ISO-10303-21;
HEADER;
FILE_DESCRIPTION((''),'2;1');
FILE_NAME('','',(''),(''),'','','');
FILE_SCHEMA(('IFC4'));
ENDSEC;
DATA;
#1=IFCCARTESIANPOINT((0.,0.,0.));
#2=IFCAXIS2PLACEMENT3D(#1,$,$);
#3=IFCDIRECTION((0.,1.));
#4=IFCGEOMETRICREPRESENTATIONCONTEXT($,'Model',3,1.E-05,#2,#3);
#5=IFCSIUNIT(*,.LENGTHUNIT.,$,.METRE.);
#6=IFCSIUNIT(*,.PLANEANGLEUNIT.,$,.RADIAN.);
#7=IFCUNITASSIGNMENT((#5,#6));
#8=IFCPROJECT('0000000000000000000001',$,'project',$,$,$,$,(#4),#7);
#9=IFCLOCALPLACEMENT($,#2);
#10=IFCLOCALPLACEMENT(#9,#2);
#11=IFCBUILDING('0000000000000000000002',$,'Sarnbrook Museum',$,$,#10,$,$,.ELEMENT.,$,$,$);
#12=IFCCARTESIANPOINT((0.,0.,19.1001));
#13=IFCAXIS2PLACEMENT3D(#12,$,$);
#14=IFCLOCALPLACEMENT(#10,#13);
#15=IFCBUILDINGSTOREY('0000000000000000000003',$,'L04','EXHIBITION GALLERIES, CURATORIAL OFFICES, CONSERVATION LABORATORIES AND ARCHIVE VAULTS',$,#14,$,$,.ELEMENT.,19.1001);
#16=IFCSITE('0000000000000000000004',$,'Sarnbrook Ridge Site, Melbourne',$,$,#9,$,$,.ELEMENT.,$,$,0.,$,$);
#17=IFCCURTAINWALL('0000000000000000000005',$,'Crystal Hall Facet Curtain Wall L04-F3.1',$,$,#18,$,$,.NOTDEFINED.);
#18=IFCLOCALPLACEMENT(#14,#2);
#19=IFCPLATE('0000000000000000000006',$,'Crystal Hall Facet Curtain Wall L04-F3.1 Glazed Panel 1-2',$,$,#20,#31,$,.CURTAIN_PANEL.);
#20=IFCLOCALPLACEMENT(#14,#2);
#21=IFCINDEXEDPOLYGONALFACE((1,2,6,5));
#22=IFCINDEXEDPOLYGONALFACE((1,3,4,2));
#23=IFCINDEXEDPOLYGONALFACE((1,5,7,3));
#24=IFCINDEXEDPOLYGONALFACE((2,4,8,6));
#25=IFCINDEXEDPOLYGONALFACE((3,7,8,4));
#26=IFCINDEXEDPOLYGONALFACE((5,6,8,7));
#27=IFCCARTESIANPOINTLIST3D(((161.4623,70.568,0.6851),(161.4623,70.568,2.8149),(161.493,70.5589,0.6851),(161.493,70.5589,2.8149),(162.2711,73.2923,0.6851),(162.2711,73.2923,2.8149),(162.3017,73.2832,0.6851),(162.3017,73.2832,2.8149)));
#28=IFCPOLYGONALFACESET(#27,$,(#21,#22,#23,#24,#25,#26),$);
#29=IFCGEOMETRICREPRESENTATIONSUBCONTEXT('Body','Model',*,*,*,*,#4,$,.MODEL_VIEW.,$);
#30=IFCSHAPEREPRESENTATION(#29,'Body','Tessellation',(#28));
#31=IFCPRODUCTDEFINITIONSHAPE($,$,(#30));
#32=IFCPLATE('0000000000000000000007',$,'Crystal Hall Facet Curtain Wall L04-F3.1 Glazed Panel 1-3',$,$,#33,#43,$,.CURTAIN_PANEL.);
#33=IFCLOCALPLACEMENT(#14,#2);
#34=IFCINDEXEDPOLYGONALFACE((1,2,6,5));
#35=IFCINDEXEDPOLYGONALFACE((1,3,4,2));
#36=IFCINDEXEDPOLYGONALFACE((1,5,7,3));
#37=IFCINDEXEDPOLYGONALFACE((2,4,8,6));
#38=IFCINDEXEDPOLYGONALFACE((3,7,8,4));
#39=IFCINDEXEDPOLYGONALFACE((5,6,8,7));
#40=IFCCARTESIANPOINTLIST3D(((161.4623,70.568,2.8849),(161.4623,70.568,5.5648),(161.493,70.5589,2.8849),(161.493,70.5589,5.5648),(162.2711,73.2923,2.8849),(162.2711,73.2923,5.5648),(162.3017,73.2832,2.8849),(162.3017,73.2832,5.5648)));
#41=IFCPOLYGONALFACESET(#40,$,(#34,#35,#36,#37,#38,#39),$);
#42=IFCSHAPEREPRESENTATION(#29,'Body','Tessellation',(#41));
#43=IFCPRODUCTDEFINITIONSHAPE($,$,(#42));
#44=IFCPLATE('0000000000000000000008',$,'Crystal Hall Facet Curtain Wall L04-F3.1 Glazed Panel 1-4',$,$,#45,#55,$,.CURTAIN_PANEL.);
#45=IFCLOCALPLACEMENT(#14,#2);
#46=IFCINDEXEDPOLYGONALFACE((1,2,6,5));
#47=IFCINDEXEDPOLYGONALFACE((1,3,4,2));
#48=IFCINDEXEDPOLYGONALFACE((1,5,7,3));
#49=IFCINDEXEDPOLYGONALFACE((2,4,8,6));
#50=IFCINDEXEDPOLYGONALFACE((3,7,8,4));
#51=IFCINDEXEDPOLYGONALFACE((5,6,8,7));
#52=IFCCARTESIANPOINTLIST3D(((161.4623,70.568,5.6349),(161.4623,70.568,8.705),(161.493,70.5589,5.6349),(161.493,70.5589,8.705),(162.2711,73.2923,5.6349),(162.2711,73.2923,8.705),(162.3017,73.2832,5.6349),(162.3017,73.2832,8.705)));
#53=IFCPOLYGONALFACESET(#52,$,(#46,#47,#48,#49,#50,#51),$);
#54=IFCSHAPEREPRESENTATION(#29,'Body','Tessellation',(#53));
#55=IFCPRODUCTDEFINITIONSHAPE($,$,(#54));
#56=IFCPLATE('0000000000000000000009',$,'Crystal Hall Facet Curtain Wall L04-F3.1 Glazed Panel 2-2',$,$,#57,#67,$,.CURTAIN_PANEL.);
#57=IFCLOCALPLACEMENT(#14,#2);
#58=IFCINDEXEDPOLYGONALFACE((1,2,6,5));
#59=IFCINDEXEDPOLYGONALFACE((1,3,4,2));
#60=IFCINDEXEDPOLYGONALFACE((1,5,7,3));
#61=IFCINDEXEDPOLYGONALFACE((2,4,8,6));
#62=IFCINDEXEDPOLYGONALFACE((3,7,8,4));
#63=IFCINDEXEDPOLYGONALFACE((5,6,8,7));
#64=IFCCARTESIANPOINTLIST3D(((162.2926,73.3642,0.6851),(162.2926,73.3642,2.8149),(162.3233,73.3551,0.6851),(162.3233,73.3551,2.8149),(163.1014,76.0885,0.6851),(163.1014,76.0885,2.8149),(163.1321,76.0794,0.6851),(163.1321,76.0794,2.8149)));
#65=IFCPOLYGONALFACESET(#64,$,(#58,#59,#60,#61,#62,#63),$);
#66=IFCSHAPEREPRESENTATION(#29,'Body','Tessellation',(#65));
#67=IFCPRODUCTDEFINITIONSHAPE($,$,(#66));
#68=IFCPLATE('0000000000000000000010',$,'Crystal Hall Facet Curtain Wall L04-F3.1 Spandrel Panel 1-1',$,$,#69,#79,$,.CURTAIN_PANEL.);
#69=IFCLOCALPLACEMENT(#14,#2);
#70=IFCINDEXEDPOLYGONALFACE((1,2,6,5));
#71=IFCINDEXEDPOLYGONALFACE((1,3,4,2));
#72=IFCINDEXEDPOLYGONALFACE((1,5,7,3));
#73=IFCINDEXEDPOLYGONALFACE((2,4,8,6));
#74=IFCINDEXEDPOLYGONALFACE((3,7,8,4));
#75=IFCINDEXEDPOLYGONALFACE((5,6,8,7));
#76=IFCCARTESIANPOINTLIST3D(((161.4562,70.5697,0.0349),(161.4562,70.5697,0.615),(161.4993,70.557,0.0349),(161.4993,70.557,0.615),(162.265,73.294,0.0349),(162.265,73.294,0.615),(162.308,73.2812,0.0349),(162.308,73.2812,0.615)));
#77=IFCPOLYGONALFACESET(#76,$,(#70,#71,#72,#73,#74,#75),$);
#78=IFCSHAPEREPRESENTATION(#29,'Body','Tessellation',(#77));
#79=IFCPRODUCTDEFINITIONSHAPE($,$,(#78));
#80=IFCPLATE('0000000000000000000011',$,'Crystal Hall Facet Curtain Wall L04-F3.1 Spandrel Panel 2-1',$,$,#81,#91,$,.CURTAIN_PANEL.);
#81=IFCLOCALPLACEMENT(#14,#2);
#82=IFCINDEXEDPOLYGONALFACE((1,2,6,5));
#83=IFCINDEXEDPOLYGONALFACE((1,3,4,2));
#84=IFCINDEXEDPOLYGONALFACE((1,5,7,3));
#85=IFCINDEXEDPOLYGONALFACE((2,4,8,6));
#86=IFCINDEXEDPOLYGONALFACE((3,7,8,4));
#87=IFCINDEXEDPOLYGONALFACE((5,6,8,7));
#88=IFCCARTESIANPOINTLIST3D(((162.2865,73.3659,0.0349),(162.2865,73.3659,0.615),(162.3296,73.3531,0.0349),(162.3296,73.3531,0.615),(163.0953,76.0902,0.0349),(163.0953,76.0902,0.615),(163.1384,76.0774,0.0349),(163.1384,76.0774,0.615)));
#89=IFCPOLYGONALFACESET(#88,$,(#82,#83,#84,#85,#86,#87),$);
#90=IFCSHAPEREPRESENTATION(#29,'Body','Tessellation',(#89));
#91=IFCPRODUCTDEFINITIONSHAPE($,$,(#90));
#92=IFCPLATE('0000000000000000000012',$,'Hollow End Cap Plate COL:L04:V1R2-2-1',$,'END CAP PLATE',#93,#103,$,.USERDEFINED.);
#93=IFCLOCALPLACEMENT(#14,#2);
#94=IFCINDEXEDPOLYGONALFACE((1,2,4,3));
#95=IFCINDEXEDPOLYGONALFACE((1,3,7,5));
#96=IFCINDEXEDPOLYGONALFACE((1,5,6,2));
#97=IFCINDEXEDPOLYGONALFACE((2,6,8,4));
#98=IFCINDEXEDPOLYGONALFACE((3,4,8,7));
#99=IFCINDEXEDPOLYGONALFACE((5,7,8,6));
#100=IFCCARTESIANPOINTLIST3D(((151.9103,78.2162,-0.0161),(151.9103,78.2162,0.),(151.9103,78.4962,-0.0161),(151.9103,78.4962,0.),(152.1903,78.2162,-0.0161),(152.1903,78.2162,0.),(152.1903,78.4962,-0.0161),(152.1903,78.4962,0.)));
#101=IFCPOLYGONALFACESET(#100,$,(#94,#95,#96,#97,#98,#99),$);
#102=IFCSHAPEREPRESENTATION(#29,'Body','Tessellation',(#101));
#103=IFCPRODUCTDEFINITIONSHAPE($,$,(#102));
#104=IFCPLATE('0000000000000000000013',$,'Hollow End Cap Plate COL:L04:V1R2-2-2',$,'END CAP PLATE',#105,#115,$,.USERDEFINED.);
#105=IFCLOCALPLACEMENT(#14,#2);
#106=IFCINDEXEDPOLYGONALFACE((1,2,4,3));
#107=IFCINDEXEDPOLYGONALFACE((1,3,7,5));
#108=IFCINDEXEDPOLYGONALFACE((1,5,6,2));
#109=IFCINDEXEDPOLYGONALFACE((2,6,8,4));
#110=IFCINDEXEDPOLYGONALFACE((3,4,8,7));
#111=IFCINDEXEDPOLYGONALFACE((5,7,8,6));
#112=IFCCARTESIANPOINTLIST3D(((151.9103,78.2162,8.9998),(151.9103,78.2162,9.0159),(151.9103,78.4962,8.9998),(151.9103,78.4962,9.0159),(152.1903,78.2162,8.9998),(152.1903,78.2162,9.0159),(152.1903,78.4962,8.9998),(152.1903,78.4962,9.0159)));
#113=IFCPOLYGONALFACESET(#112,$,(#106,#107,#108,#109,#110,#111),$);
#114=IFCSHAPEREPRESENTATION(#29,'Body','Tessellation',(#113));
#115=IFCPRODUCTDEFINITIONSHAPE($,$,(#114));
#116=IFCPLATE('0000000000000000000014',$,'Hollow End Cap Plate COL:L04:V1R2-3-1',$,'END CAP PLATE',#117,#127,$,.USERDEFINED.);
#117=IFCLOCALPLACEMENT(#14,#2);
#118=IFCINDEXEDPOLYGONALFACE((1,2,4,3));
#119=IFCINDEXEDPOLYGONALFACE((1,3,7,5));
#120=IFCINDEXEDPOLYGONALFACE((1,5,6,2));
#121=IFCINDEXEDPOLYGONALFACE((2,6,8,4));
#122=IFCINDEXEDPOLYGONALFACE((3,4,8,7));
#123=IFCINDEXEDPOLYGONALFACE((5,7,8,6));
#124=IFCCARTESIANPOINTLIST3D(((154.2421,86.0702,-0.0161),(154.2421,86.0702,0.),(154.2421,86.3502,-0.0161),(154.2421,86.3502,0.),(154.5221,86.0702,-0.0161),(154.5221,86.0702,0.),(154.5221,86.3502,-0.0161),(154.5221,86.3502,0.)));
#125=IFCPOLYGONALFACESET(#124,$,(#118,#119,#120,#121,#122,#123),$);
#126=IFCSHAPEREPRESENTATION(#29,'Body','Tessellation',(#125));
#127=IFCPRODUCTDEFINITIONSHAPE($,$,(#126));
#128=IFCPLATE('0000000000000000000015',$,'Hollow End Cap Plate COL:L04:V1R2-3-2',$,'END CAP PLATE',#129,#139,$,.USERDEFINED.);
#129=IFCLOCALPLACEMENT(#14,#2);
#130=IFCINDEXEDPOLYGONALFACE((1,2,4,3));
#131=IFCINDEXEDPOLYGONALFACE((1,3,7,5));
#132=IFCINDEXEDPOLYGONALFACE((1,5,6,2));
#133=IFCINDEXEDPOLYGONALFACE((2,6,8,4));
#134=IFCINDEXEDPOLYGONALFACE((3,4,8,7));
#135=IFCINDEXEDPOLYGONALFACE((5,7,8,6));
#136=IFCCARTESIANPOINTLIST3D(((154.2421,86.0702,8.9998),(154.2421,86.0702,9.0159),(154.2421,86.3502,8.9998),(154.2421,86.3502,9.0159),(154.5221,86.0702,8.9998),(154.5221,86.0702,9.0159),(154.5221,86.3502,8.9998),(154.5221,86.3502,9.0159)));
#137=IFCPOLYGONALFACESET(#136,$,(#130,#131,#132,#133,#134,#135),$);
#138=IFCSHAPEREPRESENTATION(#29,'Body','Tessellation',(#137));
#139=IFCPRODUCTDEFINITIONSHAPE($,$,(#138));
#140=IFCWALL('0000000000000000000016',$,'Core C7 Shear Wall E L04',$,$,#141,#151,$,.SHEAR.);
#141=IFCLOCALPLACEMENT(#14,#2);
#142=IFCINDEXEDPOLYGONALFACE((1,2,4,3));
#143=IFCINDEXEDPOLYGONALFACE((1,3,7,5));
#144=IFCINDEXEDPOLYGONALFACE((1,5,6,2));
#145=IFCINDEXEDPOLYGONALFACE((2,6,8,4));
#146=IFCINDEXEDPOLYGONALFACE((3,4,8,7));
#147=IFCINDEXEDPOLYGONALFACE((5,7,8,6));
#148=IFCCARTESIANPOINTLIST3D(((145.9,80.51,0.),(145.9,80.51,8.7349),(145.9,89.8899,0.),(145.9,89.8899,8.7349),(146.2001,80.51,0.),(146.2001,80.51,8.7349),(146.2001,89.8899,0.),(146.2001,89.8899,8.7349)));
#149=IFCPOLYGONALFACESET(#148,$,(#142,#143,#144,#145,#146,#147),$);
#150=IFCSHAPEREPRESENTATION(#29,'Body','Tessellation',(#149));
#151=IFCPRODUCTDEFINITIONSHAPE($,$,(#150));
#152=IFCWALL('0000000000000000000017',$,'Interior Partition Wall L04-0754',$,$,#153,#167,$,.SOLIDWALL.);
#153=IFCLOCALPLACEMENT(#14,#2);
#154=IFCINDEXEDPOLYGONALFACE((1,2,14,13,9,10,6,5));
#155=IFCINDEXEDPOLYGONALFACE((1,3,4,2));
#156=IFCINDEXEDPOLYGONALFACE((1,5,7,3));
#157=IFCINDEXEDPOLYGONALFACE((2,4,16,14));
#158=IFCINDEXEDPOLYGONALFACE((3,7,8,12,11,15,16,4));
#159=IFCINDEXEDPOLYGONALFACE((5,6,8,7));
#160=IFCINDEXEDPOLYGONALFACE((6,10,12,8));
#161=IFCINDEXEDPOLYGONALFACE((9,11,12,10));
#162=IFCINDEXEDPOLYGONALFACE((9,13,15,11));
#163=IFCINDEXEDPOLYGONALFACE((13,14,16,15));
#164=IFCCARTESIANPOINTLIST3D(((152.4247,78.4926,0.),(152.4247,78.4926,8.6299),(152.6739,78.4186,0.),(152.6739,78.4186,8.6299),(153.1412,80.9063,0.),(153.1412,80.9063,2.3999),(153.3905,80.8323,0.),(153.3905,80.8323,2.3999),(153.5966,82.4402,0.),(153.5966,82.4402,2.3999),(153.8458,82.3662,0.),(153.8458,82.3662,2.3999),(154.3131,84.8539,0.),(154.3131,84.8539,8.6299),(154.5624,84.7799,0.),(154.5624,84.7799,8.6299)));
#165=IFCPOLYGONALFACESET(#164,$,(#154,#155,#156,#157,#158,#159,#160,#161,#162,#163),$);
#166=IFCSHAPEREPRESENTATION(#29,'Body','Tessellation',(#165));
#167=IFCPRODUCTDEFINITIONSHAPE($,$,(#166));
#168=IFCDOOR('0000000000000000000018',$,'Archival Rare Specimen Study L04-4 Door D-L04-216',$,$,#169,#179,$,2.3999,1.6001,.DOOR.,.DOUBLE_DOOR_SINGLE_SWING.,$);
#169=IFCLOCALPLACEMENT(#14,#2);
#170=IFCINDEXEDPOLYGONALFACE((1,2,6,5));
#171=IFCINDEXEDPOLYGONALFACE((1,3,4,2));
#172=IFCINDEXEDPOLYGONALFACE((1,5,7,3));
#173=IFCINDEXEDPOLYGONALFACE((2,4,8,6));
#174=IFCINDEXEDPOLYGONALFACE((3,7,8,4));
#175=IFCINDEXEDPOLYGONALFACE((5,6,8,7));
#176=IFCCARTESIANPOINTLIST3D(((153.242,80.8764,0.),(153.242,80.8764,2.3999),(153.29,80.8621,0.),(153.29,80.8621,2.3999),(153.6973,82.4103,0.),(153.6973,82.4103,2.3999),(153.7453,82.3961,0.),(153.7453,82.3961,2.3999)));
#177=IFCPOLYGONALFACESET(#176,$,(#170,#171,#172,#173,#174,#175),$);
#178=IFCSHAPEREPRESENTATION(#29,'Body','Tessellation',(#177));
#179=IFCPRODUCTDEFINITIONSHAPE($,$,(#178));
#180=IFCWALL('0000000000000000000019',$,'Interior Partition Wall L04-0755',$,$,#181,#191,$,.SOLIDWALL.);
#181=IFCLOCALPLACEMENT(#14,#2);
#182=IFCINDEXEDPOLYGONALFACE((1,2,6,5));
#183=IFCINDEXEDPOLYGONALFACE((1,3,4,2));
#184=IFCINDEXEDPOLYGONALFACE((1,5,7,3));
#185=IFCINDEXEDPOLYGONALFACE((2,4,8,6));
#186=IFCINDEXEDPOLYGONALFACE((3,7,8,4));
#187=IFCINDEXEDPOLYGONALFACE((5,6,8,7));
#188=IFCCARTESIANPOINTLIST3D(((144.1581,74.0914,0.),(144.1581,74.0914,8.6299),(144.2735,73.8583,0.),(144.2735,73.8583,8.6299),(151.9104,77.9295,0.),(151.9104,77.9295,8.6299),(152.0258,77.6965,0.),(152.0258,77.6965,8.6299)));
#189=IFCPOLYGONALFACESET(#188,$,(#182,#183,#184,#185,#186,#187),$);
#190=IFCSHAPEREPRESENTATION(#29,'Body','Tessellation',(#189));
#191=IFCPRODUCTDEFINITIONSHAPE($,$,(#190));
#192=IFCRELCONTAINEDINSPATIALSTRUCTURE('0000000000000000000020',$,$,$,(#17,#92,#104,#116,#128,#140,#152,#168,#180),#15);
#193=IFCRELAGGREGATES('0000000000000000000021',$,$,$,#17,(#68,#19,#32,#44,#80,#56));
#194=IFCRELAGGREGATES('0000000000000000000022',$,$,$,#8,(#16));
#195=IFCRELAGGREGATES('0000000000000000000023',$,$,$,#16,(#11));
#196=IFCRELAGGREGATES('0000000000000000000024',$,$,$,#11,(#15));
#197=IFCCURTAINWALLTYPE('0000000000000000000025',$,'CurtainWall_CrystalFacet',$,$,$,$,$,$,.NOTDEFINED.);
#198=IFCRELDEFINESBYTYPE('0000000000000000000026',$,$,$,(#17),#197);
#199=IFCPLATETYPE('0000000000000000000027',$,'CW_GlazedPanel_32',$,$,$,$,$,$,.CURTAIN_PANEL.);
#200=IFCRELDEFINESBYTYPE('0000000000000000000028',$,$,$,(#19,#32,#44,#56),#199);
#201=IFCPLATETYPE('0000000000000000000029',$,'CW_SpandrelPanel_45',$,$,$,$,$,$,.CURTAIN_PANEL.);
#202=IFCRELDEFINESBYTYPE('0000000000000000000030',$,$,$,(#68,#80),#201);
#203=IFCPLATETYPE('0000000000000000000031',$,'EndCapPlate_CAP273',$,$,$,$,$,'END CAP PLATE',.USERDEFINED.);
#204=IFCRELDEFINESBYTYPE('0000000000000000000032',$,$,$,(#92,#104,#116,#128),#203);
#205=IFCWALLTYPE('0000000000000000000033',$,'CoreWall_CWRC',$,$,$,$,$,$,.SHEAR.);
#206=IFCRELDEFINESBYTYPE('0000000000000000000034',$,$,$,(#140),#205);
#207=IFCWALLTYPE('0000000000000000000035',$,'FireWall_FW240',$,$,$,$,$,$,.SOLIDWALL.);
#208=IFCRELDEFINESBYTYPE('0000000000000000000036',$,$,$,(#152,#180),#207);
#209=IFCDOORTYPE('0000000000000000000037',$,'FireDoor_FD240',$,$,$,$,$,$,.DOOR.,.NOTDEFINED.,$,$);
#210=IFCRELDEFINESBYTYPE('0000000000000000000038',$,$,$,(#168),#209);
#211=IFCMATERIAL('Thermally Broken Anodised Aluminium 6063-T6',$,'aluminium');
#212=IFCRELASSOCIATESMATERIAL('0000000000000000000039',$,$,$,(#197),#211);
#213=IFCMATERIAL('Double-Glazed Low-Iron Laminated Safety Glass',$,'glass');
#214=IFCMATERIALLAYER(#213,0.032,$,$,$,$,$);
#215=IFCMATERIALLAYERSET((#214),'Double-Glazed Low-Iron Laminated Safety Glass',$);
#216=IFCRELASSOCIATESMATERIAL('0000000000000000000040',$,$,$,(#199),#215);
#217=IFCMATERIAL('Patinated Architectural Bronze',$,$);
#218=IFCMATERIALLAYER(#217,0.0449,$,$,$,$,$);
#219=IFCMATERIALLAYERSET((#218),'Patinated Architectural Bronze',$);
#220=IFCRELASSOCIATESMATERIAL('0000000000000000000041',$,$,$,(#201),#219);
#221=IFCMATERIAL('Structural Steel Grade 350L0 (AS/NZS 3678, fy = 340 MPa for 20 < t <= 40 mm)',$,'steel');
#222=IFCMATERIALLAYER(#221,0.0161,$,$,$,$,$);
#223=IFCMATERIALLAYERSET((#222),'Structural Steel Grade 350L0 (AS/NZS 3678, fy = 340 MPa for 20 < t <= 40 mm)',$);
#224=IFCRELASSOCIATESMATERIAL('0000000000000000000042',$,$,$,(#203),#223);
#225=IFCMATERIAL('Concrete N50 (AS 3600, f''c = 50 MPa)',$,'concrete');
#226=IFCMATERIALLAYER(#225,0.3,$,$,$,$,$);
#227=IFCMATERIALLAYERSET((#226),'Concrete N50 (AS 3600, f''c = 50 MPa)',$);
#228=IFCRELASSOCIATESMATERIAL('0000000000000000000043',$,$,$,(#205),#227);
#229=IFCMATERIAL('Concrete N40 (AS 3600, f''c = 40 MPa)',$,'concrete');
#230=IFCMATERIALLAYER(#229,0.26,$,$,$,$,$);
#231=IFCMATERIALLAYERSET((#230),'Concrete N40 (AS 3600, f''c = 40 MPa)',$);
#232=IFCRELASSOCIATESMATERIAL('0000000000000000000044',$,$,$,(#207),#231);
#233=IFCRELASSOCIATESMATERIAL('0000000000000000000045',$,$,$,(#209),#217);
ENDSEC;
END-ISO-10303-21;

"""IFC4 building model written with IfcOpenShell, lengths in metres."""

from ifc_helpers import new_model, si_unit, direction, frame, frame_2d, origin, origin_2d, place, context, subcontext, project, spatial, rectangle, extrude, material, layer, layer_set, type_object, element, fill, aggregate, save


model = new_model("IFC4")

# Units and contexts
model_context = context("Model", 3, precision=1e-05, world=origin(), true_north=direction((0.0, 1.0)))
body_context = subcontext(model_context, "Body", "Model", "MODEL_VIEW")
ifc_project = project(units=[si_unit("LENGTHUNIT", "METRE"), si_unit("PLANEANGLEUNIT", "RADIAN")], contexts=[model_context])

# Site, building, storey
site_placement = place(None, origin())
site = spatial("IfcSite", under=ifc_project, at=site_placement, Name="Sarnbrook Ridge Site, Melbourne", CompositionType="ELEMENT", RefElevation=0.0)
building_placement = place(site_placement, origin())
building = spatial("IfcBuilding", under=site, at=building_placement, Name="Sarnbrook Museum", CompositionType="ELEMENT")
storey_placement = place(building_placement, frame((0.0, 0.0, 19.1001)))
storey = spatial("IfcBuildingStorey", under=building, at=storey_placement, Name="L04", Description="EXHIBITION GALLERIES, CURATORIAL OFFICES, CONSERVATION LABORATORIES AND ARCHIVE VAULTS", CompositionType="ELEMENT", Elevation=19.1001)

# Shared definitions
ifc_material_1 = material(Name="Structural Steel Grade 350L0 (AS/NZS 3678, fy = 340 MPa for 20 < t <= 40 mm)", Category="steel")

# Curtain wall
ifc_material_2 = material(Name="Thermally Broken Anodised Aluminium 6063-T6", Category="aluminium")
curtain_wall_type = type_object("IfcCurtainWallType", Name="CurtainWall_CrystalFacet", PredefinedType="NOTDEFINED", material=ifc_material_2)
curtain_wall_placement = place(storey_placement, origin())
curtain_wall = element("IfcCurtainWall", 1, at=curtain_wall_placement, inside=storey, type_object=curtain_wall_type, Name="Crystal Hall Facet Curtain Wall L04-F3.1", PredefinedType="NOTDEFINED")

# Plates
ifc_material_3 = material(Name="Double-Glazed Low-Iron Laminated Safety Glass", Category="glass")
ifc_layer_1 = layer(ifc_material_3, 0.032)
ifc_layer_set_1 = layer_set([ifc_layer_1], Name="Double-Glazed Low-Iron Laminated Safety Glass")
plate_type_1 = type_object("IfcPlateType", Name="CW_GlazedPanel_32", PredefinedType="CURTAIN_PANEL", material=ifc_layer_set_1)
plate_1_placement = place(storey_placement, frame((161.8667, 71.9302, 1.75), z_axis=(0.958647, -0.284597, 0.0), x_axis=(0.284597, 0.958647, 0.0)))
plate_1 = element("IfcPlate", 2, at=plate_1_placement, type_object=plate_type_1, Name="Crystal Hall Facet Curtain Wall L04-F3.1 Glazed Panel 1-2", PredefinedType="CURTAIN_PANEL", context=body_context, shape_type="SweptSolid", body=[
    extrude(rectangle(XDim=2.8418, YDim=2.1299, at=origin_2d()), origin(), (0.0, 0.0, 1.0), 0.032),
])
plate_2_placement = place(storey_placement, frame((161.8667, 71.9302, 4.2249), z_axis=(0.958647, -0.284597, 0.0), x_axis=(0.284597, 0.958647, 0.0)))
plate_2 = element("IfcPlate", 3, at=plate_2_placement, type_object=plate_type_1, Name="Crystal Hall Facet Curtain Wall L04-F3.1 Glazed Panel 1-3", PredefinedType="CURTAIN_PANEL", context=body_context, shape_type="SweptSolid", body=[
    extrude(rectangle(XDim=2.8418, YDim=2.6799, at=origin_2d()), origin(), (0.0, 0.0, 1.0), 0.032),
])
plate_3_placement = place(storey_placement, frame((161.8667, 71.9302, 7.1699), z_axis=(0.958647, -0.284597, 0.0), x_axis=(0.284597, 0.958647, 0.0)))
plate_3 = element("IfcPlate", 4, at=plate_3_placement, type_object=plate_type_1, Name="Crystal Hall Facet Curtain Wall L04-F3.1 Glazed Panel 1-4", PredefinedType="CURTAIN_PANEL", context=body_context, shape_type="SweptSolid", body=[
    extrude(rectangle(XDim=2.8418, YDim=3.0701, at=origin_2d()), origin(), (0.0, 0.0, 1.0), 0.032),
])
plate_4_placement = place(storey_placement, frame((162.697, 74.7263, 1.75), z_axis=(0.958647, -0.284597, 0.0), x_axis=(0.284597, 0.958647, 0.0)))
plate_4 = element("IfcPlate", 5, at=plate_4_placement, type_object=plate_type_1, Name="Crystal Hall Facet Curtain Wall L04-F3.1 Glazed Panel 2-2", PredefinedType="CURTAIN_PANEL", context=body_context, shape_type="SweptSolid", body=[
    extrude(rectangle(XDim=2.8418, YDim=2.1299, at=origin_2d()), origin(), (0.0, 0.0, 1.0), 0.032),
])
ifc_material_4 = material(Name="Patinated Architectural Bronze")
ifc_layer_2 = layer(ifc_material_4, 0.0449)
ifc_layer_set_2 = layer_set([ifc_layer_2], Name="Patinated Architectural Bronze")
plate_type_2 = type_object("IfcPlateType", Name="CW_SpandrelPanel_45", PredefinedType="CURTAIN_PANEL", material=ifc_layer_set_2)
plate_5_placement = place(storey_placement, frame((161.8606, 71.9319, 0.325), z_axis=(0.958647, -0.284597, 0.0), x_axis=(0.284597, 0.958647, 0.0)))
plate_5 = element("IfcPlate", 6, at=plate_5_placement, type_object=plate_type_2, Name="Crystal Hall Facet Curtain Wall L04-F3.1 Spandrel Panel 1-1", PredefinedType="CURTAIN_PANEL", context=body_context, shape_type="SweptSolid", body=[
    extrude(rectangle(XDim=2.8418, YDim=0.5801, at=origin_2d()), origin(), (0.0, 0.0, 1.0), 0.0449),
])
plate_6_placement = place(storey_placement, frame((162.6909, 74.728, 0.325), z_axis=(0.958647, -0.284597, 0.0), x_axis=(0.284597, 0.958647, 0.0)))
plate_6 = element("IfcPlate", 7, at=plate_6_placement, type_object=plate_type_2, Name="Crystal Hall Facet Curtain Wall L04-F3.1 Spandrel Panel 2-1", PredefinedType="CURTAIN_PANEL", context=body_context, shape_type="SweptSolid", body=[
    extrude(rectangle(XDim=2.8418, YDim=0.5801, at=origin_2d()), origin(), (0.0, 0.0, 1.0), 0.0449),
])
aggregate(curtain_wall, [plate_5, plate_1, plate_2, plate_3, plate_6, plate_4])

# Plates
ifc_layer_3 = layer(ifc_material_1, 0.0161)
ifc_layer_set_3 = layer_set([ifc_layer_3], Name="Structural Steel Grade 350L0 (AS/NZS 3678, fy = 340 MPa for 20 < t <= 40 mm)")
plate_type_3 = type_object("IfcPlateType", Name="EndCapPlate_CAP273", ElementType="END CAP PLATE", PredefinedType="USERDEFINED", material=ifc_layer_set_3)
for number, where, z_axis, x_axis, name in (
    (8, (152.0503, 78.3562, -0.0161), (0.0, 0.0, 1.0), (1.0, 0.0, 0.0), "Hollow End Cap Plate COL:L04:V1R2-2-1"),
    (9, (152.0503, 78.3562, 8.9998), (0.0, 0.0, 1.0), (1.0, 0.0, 0.0), "Hollow End Cap Plate COL:L04:V1R2-2-2"),
    (10, (154.3821, 86.2102, -0.0161), (0.0, 0.0, 1.0), (1.0, 0.0, 0.0), "Hollow End Cap Plate COL:L04:V1R2-3-1"),
    (11, (154.3821, 86.2102, 8.9998), (0.0, 0.0, 1.0), (1.0, 0.0, 0.0), "Hollow End Cap Plate COL:L04:V1R2-3-2"),
):
    element("IfcPlate", number, at=place(storey_placement, frame(where, z_axis=z_axis, x_axis=x_axis)), inside=storey, type_object=plate_type_3, Name=name, ObjectType="END CAP PLATE", PredefinedType="USERDEFINED", context=body_context, shape_type="SweptSolid", body=[
        extrude(rectangle(XDim=0.28, YDim=0.28, at=origin_2d()), origin(), (0.0, 0.0, 1.0), 0.0161),
    ])

# Wall
ifc_material_5 = material(Name="Concrete N50 (AS 3600, f'c = 50 MPa)", Category="concrete")
ifc_layer_4 = layer(ifc_material_5, 0.3)
ifc_layer_set_4 = layer_set([ifc_layer_4], Name="Concrete N50 (AS 3600, f'c = 50 MPa)")
wall_type_1 = type_object("IfcWallType", Name="CoreWall_CWRC", PredefinedType="SHEAR", material=ifc_layer_set_4)
wall_1_placement = place(storey_placement, frame((146.05, 80.51, 0.0), z_axis=(0.0, 0.0, 1.0), x_axis=(0.0, 1.0, 0.0)))
element("IfcWall", 12, at=wall_1_placement, inside=storey, type_object=wall_type_1, Name="Core C7 Shear Wall E L04", PredefinedType="SHEAR", context=body_context, shape_type="SweptSolid", body=[
    extrude(rectangle(XDim=9.3799, YDim=0.3, at=frame_2d((4.6899, 0.0))), origin(), (0.0, 0.0, 1.0), 8.7349),
])

# Wall, opening, door
ifc_material_6 = material(Name="Concrete N40 (AS 3600, f'c = 40 MPa)", Category="concrete")
ifc_layer_5 = layer(ifc_material_6, 0.26)
ifc_layer_set_5 = layer_set([ifc_layer_5], Name="Concrete N40 (AS 3600, f'c = 40 MPa)")
wall_type_2 = type_object("IfcWallType", Name="FireWall_FW240", PredefinedType="SOLIDWALL", material=ifc_layer_set_5)
wall_2_placement = place(storey_placement, frame((152.5493, 78.4556, 0.0), z_axis=(0.0, 0.0, 1.0), x_axis=(0.284586, 0.958651, 0.0)))
wall_2 = element("IfcWall", 13, at=wall_2_placement, inside=storey, type_object=wall_type_2, Name="Interior Partition Wall L04-0754", PredefinedType="SOLIDWALL", context=body_context, shape_type="SweptSolid", body=[
    extrude(rectangle(XDim=6.6357, YDim=0.26, at=frame_2d((3.3179, 0.0))), origin(), (0.0, 0.0, 1.0), 8.6299),
])
opening_placement = place(wall_2_placement, frame((2.5178, 0.0, 0.0)))
opening = element("IfcOpeningElement", 14, at=opening_placement, cuts=wall_2, PredefinedType="OPENING", context=body_context, shape_type="SweptSolid", body=[
    extrude(rectangle(XDim=1.6001, YDim=2.3999, at=frame_2d((0.8, 1.2))), frame((0.0, 0.1401, 0.0), z_axis=(0.0, -1.0, 0.0), x_axis=(1.0, 0.0, 0.0)), (0.0, 0.0, 1.0), 0.28),
])
door_type = type_object("IfcDoorType", Name="FireDoor_FD240", OperationType="NOTDEFINED", PredefinedType="DOOR", material=ifc_material_4)
door_placement = place(opening_placement, origin())
door = element("IfcDoor", 15, at=door_placement, inside=storey, type_object=door_type, Name="Archival Rare Specimen Study L04-4 Door D-L04-216", OperationType="DOUBLE_DOOR_SINGLE_SWING", OverallHeight=2.3999, OverallWidth=1.6001, PredefinedType="DOOR", context=body_context, shape_type="SweptSolid", body=[
    extrude(rectangle(XDim=1.6001, YDim=2.3999, at=frame_2d((0.8, 1.2))), frame((0.0, 0.0249, 0.0), z_axis=(0.0, -1.0, 0.0), x_axis=(1.0, 0.0, 0.0)), (0.0, 0.0, 1.0), 0.05),
])
fill(opening, door)

# Wall
wall_3_placement = place(storey_placement, frame((144.2158, 73.9749, 0.0), z_axis=(0.0, 0.0, 1.0), x_axis=(0.896176, 0.443699, 0.0)))
element("IfcWall", 16, at=wall_3_placement, inside=storey, type_object=wall_type_2, Name="Interior Partition Wall L04-0755", PredefinedType="SOLIDWALL", context=body_context, shape_type="SweptSolid", body=[
    extrude(rectangle(XDim=8.6504, YDim=0.26, at=frame_2d((4.3252, 0.0))), origin(), (0.0, 0.0, 1.0), 8.6299),
])

save(model, "model.ifc")
